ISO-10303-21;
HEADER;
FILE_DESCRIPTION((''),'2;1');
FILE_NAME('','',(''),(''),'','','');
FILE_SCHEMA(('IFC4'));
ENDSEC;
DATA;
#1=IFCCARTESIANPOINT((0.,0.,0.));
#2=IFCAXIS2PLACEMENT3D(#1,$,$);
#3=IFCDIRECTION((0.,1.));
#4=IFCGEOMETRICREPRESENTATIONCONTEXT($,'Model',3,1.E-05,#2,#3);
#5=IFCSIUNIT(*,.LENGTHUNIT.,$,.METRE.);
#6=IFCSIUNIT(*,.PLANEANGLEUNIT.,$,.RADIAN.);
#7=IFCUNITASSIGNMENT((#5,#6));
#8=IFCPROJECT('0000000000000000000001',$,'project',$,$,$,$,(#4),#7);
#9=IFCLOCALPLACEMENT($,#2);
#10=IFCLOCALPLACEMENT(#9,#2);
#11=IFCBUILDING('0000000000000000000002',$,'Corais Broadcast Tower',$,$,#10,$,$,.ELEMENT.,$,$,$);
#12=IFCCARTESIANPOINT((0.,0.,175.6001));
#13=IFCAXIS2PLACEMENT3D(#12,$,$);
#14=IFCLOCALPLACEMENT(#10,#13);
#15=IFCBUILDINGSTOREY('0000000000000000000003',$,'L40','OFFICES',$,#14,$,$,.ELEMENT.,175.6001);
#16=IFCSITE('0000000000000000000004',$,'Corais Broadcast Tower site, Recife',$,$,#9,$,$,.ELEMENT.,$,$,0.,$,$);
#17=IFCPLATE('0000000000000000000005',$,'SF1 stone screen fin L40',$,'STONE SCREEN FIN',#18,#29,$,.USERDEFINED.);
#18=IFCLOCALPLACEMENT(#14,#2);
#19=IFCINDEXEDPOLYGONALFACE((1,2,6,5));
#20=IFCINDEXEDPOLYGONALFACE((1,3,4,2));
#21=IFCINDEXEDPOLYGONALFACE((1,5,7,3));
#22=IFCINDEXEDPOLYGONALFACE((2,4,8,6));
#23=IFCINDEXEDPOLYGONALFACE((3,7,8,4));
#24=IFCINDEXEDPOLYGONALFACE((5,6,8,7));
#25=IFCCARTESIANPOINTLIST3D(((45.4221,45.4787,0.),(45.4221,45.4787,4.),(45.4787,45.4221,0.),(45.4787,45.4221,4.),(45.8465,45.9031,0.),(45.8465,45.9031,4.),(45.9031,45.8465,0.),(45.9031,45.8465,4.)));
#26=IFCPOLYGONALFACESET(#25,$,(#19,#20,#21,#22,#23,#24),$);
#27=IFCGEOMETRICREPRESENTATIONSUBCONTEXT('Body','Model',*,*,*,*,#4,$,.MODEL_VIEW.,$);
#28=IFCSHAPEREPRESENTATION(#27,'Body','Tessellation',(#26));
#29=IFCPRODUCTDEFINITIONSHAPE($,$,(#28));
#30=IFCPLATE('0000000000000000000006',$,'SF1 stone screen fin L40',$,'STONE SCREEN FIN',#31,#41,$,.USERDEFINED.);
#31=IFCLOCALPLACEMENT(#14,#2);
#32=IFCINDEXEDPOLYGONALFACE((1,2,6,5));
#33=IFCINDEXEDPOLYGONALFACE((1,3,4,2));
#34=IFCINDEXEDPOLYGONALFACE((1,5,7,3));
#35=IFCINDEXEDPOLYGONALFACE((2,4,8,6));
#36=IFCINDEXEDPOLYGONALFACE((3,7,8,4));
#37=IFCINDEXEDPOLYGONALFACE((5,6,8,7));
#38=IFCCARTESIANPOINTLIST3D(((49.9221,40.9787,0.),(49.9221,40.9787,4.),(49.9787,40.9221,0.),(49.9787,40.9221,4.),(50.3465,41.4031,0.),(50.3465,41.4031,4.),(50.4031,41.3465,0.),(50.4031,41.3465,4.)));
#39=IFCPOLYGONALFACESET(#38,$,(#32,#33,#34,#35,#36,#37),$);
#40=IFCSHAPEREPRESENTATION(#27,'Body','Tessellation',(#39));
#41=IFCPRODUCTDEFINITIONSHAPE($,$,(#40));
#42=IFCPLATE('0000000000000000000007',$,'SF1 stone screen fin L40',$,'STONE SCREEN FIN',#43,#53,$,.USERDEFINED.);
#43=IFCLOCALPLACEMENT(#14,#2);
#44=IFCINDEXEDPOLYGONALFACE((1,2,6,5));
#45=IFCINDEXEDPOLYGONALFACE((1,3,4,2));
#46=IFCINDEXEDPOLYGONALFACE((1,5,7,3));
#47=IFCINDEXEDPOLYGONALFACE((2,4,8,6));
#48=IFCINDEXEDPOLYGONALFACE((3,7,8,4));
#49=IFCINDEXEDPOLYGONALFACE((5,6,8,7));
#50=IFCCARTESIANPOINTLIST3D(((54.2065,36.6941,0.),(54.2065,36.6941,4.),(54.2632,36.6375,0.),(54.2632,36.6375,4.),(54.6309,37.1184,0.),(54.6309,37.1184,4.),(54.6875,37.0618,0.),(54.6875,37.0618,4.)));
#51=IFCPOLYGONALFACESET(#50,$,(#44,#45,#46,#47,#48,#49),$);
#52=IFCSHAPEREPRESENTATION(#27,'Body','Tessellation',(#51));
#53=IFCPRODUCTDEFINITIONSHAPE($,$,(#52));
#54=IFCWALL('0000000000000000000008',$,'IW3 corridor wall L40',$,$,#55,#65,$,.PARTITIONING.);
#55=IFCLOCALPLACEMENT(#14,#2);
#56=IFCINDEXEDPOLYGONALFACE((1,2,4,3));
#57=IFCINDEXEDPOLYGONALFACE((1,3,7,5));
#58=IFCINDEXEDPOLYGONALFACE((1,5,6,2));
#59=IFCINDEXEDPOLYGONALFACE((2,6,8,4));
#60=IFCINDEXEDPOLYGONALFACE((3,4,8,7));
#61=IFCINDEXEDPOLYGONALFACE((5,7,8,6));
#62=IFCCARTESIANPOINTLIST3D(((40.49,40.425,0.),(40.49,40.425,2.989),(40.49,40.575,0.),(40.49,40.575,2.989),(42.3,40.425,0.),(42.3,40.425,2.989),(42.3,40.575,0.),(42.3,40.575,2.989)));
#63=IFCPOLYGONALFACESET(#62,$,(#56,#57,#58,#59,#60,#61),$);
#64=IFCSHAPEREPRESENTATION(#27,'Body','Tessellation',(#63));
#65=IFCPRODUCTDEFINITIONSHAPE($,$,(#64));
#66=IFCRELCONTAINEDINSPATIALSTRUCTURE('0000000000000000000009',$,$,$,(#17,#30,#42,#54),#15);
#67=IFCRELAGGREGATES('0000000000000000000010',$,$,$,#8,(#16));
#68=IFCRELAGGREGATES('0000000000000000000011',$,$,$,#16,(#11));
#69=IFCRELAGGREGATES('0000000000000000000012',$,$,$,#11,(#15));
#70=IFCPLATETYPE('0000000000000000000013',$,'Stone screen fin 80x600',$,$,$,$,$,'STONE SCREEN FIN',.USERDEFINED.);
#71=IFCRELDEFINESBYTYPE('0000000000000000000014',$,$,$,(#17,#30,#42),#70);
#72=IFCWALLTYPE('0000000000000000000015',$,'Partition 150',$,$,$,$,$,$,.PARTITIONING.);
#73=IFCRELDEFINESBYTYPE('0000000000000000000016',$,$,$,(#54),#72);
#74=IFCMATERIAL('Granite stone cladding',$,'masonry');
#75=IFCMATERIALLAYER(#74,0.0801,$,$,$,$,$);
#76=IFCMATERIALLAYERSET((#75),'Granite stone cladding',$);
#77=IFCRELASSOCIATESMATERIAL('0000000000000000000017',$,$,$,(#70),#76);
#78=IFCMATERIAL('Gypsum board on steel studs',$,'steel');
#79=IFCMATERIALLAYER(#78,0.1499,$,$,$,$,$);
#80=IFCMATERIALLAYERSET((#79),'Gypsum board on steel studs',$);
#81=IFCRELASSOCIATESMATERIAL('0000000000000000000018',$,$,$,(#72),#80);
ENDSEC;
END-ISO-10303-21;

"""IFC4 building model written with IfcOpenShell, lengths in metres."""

from ifc_helpers import new_model, si_unit, direction, frame, frame_2d, origin, origin_2d, place, context, subcontext, project, spatial, rectangle, extrude, material, layer, layer_set, type_object, element, save


model = new_model("IFC4")

# Units and contexts
model_context = context("Model", 3, precision=1e-05, world=origin(), true_north=direction((0.0, 1.0)))
body_context = subcontext(model_context, "Body", "Model", "MODEL_VIEW")
ifc_project = project(units=[si_unit("LENGTHUNIT", "METRE"), si_unit("PLANEANGLEUNIT", "RADIAN")], contexts=[model_context])

# Site, building, storey
site_placement = place(None, origin())
site = spatial("IfcSite", under=ifc_project, at=site_placement, Name="Corais Broadcast Tower site, Recife", CompositionType="ELEMENT", RefElevation=0.0)
building_placement = place(site_placement, origin())
building = spatial("IfcBuilding", under=site, at=building_placement, Name="Corais Broadcast Tower", CompositionType="ELEMENT")
storey_placement = place(building_placement, frame((0.0, 0.0, 175.6001)))
storey = spatial("IfcBuildingStorey", under=building, at=storey_placement, Name="L40", Description="OFFICES", CompositionType="ELEMENT", Elevation=175.6001)

# Plates
ifc_material_1 = material(Name="Granite stone cladding", Category="masonry")
ifc_layer_1 = layer(ifc_material_1, 0.0801)
ifc_layer_set_1 = layer_set([ifc_layer_1], Name="Granite stone cladding")
plate_type_1 = type_object("IfcPlateType", Name="Stone screen fin 80x600", ElementType="STONE SCREEN FIN", PredefinedType="USERDEFINED", material=ifc_layer_set_1)
for number, where, z_axis, x_axis, name in (
    (1, (45.6626, 45.6626, 0.0), (0.0, 0.0, 1.0), (0.707107, -0.707107, 0.0), "SF1 stone screen fin L40"),
    (2, (50.1626, 41.1626, 0.0), (0.0, 0.0, 1.0), (0.707107, -0.707107, 0.0), "SF1 stone screen fin L40"),
    (3, (54.447, 36.8779, 0.0), (0.0, 0.0, 1.0), (0.707107, -0.707107, 0.0), "SF1 stone screen fin L40"),
):
    element("IfcPlate", number, at=place(storey_placement, frame(where, z_axis=z_axis, x_axis=x_axis)), inside=storey, type_object=plate_type_1, Name=name, ObjectType="STONE SCREEN FIN", PredefinedType="USERDEFINED", context=body_context, shape_type="SweptSolid", body=[
        extrude(rectangle(XDim=0.0801, YDim=0.6001, at=origin_2d()), origin(), (0.0, 0.0, 1.0), 4.0),
    ])

# Wall
ifc_material_2 = material(Name="Gypsum board on steel studs", Category="steel")
ifc_layer_2 = layer(ifc_material_2, 0.1499)
ifc_layer_set_2 = layer_set([ifc_layer_2], Name="Gypsum board on steel studs")
wall_type = type_object("IfcWallType", Name="Partition 150", PredefinedType="PARTITIONING", material=ifc_layer_set_2)
wall_placement = place(storey_placement, frame((42.3, 40.5, 0.0), z_axis=(0.0, 0.0, 1.0), x_axis=(-1.0, 0.0, 0.0)))
element("IfcWall", 4, at=wall_placement, inside=storey, type_object=wall_type, Name="IW3 corridor wall L40", PredefinedType="PARTITIONING", context=body_context, shape_type="SweptSolid", body=[
    extrude(rectangle(XDim=1.8101, YDim=0.1499, at=frame_2d((0.905, 0.0))), origin(), (0.0, 0.0, 1.0), 2.989),
])

save(model, "model.ifc")
